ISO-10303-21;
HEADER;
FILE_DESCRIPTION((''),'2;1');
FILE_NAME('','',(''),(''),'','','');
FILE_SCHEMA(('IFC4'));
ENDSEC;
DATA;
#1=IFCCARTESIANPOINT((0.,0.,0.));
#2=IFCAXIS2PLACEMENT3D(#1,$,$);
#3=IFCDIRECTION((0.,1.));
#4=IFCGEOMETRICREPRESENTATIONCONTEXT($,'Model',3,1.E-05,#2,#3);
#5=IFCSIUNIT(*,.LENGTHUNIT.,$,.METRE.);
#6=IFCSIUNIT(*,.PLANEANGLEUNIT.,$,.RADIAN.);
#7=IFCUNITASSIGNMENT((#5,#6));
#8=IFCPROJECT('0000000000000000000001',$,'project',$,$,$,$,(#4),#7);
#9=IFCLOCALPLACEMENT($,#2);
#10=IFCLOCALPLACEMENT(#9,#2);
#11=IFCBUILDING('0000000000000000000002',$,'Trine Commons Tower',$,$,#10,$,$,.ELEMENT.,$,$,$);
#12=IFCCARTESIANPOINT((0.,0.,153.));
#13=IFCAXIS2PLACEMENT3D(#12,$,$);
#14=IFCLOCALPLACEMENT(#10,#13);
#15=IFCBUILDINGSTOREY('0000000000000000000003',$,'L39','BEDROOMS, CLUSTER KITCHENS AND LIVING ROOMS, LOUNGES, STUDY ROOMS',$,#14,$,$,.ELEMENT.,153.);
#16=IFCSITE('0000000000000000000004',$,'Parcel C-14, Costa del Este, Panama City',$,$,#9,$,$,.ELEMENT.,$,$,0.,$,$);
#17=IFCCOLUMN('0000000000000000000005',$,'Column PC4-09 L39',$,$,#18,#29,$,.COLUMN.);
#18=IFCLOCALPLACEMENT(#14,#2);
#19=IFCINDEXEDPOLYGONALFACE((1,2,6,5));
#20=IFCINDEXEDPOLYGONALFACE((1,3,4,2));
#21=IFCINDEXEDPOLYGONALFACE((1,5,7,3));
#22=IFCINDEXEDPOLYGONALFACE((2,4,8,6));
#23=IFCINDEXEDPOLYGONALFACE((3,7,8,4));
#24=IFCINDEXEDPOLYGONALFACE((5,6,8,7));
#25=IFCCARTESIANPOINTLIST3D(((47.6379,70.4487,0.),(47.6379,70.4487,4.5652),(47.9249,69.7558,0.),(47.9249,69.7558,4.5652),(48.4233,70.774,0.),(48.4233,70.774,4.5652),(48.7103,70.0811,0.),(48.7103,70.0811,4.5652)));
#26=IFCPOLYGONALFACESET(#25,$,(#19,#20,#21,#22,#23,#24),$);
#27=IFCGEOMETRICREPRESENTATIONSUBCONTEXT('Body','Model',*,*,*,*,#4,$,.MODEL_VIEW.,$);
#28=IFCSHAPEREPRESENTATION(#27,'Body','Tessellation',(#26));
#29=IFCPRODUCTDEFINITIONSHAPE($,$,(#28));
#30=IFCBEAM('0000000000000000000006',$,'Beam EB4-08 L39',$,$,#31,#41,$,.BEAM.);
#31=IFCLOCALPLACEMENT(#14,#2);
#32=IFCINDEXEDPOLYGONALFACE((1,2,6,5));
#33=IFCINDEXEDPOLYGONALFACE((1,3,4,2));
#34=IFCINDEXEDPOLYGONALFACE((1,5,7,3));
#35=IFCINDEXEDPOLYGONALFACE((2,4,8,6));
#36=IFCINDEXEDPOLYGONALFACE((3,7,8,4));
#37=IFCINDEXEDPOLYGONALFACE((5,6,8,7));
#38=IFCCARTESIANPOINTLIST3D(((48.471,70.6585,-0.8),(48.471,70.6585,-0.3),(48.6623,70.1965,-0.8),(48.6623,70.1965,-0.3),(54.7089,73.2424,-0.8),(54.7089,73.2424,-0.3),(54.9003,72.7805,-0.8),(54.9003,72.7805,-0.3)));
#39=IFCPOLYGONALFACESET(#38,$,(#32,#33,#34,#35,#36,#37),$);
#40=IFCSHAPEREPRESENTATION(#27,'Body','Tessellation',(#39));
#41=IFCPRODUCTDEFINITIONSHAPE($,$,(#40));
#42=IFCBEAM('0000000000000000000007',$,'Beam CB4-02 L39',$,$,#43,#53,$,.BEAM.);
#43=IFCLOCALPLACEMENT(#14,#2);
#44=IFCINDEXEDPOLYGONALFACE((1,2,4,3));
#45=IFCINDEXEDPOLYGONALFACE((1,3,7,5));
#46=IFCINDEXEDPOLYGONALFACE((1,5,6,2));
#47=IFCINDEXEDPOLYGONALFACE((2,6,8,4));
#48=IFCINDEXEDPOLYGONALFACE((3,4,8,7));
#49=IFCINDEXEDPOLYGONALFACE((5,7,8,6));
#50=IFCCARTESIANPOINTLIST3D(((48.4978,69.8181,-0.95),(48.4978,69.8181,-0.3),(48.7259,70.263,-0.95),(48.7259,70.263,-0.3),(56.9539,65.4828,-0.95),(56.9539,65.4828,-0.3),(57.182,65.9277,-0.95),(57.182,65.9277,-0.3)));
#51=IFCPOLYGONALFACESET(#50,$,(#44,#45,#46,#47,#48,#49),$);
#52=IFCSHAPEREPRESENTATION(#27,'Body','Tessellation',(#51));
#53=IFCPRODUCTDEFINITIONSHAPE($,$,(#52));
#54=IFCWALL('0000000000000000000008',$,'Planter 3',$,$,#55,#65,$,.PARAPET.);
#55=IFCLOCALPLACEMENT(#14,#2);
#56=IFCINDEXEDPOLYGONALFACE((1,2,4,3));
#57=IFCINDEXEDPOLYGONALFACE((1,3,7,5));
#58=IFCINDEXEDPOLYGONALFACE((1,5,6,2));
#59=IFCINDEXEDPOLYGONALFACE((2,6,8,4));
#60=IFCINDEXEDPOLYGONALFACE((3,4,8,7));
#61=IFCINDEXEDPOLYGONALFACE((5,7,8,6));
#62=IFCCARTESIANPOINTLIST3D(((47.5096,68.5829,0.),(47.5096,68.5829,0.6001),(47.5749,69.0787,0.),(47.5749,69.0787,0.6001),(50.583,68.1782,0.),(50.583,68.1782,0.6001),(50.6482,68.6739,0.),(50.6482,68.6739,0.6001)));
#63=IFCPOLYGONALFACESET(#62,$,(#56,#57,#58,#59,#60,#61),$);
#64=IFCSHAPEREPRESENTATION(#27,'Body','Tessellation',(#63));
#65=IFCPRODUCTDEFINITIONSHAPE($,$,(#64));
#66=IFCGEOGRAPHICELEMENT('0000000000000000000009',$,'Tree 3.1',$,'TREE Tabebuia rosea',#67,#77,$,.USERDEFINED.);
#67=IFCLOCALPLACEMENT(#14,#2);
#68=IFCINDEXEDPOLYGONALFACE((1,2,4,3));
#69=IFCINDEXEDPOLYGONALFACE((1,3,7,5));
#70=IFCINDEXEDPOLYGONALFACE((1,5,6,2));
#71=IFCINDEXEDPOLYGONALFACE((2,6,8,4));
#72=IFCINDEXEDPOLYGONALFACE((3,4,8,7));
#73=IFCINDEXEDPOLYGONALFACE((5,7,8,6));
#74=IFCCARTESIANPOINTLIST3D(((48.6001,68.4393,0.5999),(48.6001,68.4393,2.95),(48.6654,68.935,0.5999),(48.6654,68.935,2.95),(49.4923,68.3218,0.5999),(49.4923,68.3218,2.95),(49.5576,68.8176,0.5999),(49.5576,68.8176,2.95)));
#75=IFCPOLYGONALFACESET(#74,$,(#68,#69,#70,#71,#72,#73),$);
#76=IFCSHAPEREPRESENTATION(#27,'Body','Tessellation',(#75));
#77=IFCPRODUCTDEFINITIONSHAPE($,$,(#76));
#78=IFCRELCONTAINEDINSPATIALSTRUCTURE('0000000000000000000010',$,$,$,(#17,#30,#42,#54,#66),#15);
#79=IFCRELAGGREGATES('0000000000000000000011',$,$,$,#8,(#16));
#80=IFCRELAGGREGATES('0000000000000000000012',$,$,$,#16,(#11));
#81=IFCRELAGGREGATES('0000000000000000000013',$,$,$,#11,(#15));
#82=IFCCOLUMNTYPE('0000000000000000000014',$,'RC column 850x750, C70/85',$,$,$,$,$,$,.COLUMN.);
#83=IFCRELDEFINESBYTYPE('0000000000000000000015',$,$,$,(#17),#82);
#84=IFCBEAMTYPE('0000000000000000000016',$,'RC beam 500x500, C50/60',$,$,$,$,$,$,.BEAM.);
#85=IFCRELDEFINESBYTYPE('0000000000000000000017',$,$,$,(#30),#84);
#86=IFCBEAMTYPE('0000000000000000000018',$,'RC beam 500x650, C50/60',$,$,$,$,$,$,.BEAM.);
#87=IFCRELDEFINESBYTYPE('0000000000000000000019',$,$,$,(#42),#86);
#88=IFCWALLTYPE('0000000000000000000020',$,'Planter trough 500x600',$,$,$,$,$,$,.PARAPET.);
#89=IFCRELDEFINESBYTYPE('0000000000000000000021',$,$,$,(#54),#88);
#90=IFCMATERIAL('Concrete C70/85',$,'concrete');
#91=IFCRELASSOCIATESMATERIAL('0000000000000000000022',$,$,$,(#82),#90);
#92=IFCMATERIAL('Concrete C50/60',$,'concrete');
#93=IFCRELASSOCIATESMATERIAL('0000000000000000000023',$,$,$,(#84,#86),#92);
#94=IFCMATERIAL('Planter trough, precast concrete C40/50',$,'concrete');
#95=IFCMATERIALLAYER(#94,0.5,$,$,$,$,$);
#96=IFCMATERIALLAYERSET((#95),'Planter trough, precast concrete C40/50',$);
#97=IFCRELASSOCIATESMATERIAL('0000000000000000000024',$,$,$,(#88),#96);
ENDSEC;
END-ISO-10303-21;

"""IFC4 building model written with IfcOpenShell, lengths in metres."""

from ifc_helpers import new_model, si_unit, direction, frame, frame_2d, origin, origin_2d, place, context, subcontext, project, spatial, rectangle, extrude, material, layer, layer_set, material_profile, profile_set, type_object, element, save


model = new_model("IFC4")

# Units and contexts
model_context = context("Model", 3, precision=1e-05, world=origin(), true_north=direction((0.0, 1.0)))
body_context = subcontext(model_context, "Body", "Model", "MODEL_VIEW")
ifc_project = project(units=[si_unit("LENGTHUNIT", "METRE"), si_unit("PLANEANGLEUNIT", "RADIAN")], contexts=[model_context])

# Site, building, storey
site_placement = place(None, origin())
site = spatial("IfcSite", under=ifc_project, at=site_placement, Name="Parcel C-14, Costa del Este, Panama City", CompositionType="ELEMENT", RefElevation=0.0)
building_placement = place(site_placement, origin())
building = spatial("IfcBuilding", under=site, at=building_placement, Name="Trine Commons Tower", CompositionType="ELEMENT")
storey_placement = place(building_placement, frame((0.0, 0.0, 153.0)))
storey = spatial("IfcBuildingStorey", under=building, at=storey_placement, Name="L39", Description="BEDROOMS, CLUSTER KITCHENS AND LIVING ROOMS, LOUNGES, STUDY ROOMS", CompositionType="ELEMENT", Elevation=153.0)

# Column
ifc_material_1 = material(Name="Concrete C70/85", Category="concrete")
ifc_material_profile_1 = material_profile(ifc_material_1, rectangle(XDim=0.8501, YDim=0.75, at=origin_2d()), Name="RC 850x750")
ifc_profile_set_1 = profile_set([ifc_material_profile_1], Name="Concrete C70/85")
column_type = type_object("IfcColumnType", Name="RC column 850x750, C70/85", PredefinedType="COLUMN", material=ifc_profile_set_1)
column_placement = place(storey_placement, frame((48.1741, 70.2649, 0.0), z_axis=(0.0, 0.0, 1.0), x_axis=(0.92388, 0.382683, 0.0)))
element("IfcColumn", 1, at=column_placement, inside=storey, type_object=column_type, Name="Column PC4-09 L39", PredefinedType="COLUMN", context=body_context, shape_type="SweptSolid", body=[
    extrude(rectangle(XDim=0.8501, YDim=0.75, at=origin_2d()), origin(), (0.0, 0.0, 1.0), 4.5652),
])

# Beams
ifc_material_2 = material(Name="Concrete C50/60", Category="concrete")
ifc_material_profile_2 = material_profile(ifc_material_2, rectangle(XDim=0.5, YDim=0.5, at=origin_2d()), Name="RC 500x500")
ifc_profile_set_2 = profile_set([ifc_material_profile_2], Name="Concrete C50/60")
beam_type_1 = type_object("IfcBeamType", Name="RC beam 500x500, C50/60", PredefinedType="BEAM", material=ifc_profile_set_2)
beam_1_placement = place(storey_placement, frame((48.5667, 70.4275, -0.55), z_axis=(0.923874, 0.382697, 0.0), x_axis=(-0.382697, 0.923874, 0.0)))
element("IfcBeam", 2, at=beam_1_placement, inside=storey, type_object=beam_type_1, Name="Beam EB4-08 L39", PredefinedType="BEAM", context=body_context, shape_type="SweptSolid", body=[
    extrude(rectangle(XDim=0.5, YDim=0.5, at=origin_2d()), origin(), (0.0, 0.0, 1.0), 6.752),
])
ifc_material_profile_3 = material_profile(ifc_material_2, rectangle(XDim=0.5, YDim=0.6499, at=origin_2d()), Name="RC 500x650")
ifc_profile_set_3 = profile_set([ifc_material_profile_3], Name="Concrete C50/60")
beam_type_2 = type_object("IfcBeamType", Name="RC beam 500x650, C50/60", PredefinedType="BEAM", material=ifc_profile_set_3)
beam_2_placement = place(storey_placement, frame((48.6118, 70.0405, -0.625), z_axis=(0.88987, -0.456214, 0.0), x_axis=(0.456214, 0.88987, 0.0)))
element("IfcBeam", 3, at=beam_2_placement, inside=storey, type_object=beam_type_2, Name="Beam CB4-02 L39", PredefinedType="BEAM", context=body_context, shape_type="SweptSolid", body=[
    extrude(rectangle(XDim=0.5, YDim=0.6499, at=origin_2d()), origin(), (0.0, 0.0, 1.0), 9.5027),
])

# Wall
ifc_material_3 = material(Name="Planter trough, precast concrete C40/50", Category="concrete")
ifc_layer_1 = layer(ifc_material_3, 0.5)
ifc_layer_set_1 = layer_set([ifc_layer_1], Name="Planter trough, precast concrete C40/50")
wall_type_1 = type_object("IfcWallType", Name="Planter trough 500x600", PredefinedType="PARAPET", material=ifc_layer_set_1)
wall_1_placement = place(storey_placement, frame((50.6155, 68.426, 0.0), z_axis=(0.0, 0.0, 1.0), x_axis=(-0.991437, 0.130585, 0.0)))
element("IfcWall", 4, at=wall_1_placement, inside=storey, type_object=wall_type_1, Name="Planter 3", PredefinedType="PARAPET", context=body_context, shape_type="SweptSolid", body=[
    extrude(rectangle(XDim=3.0999, YDim=0.5, at=frame_2d((1.5498, 0.0))), origin(), (0.0, 0.0, 1.0), 0.6001),
])

# Geographic element
geographic_element_placement = place(storey_placement, frame((49.0789, 68.6284, 0.5999), z_axis=(0.0, 0.0, 1.0), x_axis=(-0.991446, 0.130518, 0.0)))
element("IfcGeographicElement", 5, at=geographic_element_placement, inside=storey, Name="Tree 3.1", ObjectType="TREE Tabebuia rosea", PredefinedType="USERDEFINED", context=body_context, shape_type="SweptSolid", body=[
    extrude(rectangle(XDim=0.8999, YDim=0.5, at=origin_2d()), origin(), (0.0, 0.0, 1.0), 2.3501),
])

save(model, "model.ifc")
